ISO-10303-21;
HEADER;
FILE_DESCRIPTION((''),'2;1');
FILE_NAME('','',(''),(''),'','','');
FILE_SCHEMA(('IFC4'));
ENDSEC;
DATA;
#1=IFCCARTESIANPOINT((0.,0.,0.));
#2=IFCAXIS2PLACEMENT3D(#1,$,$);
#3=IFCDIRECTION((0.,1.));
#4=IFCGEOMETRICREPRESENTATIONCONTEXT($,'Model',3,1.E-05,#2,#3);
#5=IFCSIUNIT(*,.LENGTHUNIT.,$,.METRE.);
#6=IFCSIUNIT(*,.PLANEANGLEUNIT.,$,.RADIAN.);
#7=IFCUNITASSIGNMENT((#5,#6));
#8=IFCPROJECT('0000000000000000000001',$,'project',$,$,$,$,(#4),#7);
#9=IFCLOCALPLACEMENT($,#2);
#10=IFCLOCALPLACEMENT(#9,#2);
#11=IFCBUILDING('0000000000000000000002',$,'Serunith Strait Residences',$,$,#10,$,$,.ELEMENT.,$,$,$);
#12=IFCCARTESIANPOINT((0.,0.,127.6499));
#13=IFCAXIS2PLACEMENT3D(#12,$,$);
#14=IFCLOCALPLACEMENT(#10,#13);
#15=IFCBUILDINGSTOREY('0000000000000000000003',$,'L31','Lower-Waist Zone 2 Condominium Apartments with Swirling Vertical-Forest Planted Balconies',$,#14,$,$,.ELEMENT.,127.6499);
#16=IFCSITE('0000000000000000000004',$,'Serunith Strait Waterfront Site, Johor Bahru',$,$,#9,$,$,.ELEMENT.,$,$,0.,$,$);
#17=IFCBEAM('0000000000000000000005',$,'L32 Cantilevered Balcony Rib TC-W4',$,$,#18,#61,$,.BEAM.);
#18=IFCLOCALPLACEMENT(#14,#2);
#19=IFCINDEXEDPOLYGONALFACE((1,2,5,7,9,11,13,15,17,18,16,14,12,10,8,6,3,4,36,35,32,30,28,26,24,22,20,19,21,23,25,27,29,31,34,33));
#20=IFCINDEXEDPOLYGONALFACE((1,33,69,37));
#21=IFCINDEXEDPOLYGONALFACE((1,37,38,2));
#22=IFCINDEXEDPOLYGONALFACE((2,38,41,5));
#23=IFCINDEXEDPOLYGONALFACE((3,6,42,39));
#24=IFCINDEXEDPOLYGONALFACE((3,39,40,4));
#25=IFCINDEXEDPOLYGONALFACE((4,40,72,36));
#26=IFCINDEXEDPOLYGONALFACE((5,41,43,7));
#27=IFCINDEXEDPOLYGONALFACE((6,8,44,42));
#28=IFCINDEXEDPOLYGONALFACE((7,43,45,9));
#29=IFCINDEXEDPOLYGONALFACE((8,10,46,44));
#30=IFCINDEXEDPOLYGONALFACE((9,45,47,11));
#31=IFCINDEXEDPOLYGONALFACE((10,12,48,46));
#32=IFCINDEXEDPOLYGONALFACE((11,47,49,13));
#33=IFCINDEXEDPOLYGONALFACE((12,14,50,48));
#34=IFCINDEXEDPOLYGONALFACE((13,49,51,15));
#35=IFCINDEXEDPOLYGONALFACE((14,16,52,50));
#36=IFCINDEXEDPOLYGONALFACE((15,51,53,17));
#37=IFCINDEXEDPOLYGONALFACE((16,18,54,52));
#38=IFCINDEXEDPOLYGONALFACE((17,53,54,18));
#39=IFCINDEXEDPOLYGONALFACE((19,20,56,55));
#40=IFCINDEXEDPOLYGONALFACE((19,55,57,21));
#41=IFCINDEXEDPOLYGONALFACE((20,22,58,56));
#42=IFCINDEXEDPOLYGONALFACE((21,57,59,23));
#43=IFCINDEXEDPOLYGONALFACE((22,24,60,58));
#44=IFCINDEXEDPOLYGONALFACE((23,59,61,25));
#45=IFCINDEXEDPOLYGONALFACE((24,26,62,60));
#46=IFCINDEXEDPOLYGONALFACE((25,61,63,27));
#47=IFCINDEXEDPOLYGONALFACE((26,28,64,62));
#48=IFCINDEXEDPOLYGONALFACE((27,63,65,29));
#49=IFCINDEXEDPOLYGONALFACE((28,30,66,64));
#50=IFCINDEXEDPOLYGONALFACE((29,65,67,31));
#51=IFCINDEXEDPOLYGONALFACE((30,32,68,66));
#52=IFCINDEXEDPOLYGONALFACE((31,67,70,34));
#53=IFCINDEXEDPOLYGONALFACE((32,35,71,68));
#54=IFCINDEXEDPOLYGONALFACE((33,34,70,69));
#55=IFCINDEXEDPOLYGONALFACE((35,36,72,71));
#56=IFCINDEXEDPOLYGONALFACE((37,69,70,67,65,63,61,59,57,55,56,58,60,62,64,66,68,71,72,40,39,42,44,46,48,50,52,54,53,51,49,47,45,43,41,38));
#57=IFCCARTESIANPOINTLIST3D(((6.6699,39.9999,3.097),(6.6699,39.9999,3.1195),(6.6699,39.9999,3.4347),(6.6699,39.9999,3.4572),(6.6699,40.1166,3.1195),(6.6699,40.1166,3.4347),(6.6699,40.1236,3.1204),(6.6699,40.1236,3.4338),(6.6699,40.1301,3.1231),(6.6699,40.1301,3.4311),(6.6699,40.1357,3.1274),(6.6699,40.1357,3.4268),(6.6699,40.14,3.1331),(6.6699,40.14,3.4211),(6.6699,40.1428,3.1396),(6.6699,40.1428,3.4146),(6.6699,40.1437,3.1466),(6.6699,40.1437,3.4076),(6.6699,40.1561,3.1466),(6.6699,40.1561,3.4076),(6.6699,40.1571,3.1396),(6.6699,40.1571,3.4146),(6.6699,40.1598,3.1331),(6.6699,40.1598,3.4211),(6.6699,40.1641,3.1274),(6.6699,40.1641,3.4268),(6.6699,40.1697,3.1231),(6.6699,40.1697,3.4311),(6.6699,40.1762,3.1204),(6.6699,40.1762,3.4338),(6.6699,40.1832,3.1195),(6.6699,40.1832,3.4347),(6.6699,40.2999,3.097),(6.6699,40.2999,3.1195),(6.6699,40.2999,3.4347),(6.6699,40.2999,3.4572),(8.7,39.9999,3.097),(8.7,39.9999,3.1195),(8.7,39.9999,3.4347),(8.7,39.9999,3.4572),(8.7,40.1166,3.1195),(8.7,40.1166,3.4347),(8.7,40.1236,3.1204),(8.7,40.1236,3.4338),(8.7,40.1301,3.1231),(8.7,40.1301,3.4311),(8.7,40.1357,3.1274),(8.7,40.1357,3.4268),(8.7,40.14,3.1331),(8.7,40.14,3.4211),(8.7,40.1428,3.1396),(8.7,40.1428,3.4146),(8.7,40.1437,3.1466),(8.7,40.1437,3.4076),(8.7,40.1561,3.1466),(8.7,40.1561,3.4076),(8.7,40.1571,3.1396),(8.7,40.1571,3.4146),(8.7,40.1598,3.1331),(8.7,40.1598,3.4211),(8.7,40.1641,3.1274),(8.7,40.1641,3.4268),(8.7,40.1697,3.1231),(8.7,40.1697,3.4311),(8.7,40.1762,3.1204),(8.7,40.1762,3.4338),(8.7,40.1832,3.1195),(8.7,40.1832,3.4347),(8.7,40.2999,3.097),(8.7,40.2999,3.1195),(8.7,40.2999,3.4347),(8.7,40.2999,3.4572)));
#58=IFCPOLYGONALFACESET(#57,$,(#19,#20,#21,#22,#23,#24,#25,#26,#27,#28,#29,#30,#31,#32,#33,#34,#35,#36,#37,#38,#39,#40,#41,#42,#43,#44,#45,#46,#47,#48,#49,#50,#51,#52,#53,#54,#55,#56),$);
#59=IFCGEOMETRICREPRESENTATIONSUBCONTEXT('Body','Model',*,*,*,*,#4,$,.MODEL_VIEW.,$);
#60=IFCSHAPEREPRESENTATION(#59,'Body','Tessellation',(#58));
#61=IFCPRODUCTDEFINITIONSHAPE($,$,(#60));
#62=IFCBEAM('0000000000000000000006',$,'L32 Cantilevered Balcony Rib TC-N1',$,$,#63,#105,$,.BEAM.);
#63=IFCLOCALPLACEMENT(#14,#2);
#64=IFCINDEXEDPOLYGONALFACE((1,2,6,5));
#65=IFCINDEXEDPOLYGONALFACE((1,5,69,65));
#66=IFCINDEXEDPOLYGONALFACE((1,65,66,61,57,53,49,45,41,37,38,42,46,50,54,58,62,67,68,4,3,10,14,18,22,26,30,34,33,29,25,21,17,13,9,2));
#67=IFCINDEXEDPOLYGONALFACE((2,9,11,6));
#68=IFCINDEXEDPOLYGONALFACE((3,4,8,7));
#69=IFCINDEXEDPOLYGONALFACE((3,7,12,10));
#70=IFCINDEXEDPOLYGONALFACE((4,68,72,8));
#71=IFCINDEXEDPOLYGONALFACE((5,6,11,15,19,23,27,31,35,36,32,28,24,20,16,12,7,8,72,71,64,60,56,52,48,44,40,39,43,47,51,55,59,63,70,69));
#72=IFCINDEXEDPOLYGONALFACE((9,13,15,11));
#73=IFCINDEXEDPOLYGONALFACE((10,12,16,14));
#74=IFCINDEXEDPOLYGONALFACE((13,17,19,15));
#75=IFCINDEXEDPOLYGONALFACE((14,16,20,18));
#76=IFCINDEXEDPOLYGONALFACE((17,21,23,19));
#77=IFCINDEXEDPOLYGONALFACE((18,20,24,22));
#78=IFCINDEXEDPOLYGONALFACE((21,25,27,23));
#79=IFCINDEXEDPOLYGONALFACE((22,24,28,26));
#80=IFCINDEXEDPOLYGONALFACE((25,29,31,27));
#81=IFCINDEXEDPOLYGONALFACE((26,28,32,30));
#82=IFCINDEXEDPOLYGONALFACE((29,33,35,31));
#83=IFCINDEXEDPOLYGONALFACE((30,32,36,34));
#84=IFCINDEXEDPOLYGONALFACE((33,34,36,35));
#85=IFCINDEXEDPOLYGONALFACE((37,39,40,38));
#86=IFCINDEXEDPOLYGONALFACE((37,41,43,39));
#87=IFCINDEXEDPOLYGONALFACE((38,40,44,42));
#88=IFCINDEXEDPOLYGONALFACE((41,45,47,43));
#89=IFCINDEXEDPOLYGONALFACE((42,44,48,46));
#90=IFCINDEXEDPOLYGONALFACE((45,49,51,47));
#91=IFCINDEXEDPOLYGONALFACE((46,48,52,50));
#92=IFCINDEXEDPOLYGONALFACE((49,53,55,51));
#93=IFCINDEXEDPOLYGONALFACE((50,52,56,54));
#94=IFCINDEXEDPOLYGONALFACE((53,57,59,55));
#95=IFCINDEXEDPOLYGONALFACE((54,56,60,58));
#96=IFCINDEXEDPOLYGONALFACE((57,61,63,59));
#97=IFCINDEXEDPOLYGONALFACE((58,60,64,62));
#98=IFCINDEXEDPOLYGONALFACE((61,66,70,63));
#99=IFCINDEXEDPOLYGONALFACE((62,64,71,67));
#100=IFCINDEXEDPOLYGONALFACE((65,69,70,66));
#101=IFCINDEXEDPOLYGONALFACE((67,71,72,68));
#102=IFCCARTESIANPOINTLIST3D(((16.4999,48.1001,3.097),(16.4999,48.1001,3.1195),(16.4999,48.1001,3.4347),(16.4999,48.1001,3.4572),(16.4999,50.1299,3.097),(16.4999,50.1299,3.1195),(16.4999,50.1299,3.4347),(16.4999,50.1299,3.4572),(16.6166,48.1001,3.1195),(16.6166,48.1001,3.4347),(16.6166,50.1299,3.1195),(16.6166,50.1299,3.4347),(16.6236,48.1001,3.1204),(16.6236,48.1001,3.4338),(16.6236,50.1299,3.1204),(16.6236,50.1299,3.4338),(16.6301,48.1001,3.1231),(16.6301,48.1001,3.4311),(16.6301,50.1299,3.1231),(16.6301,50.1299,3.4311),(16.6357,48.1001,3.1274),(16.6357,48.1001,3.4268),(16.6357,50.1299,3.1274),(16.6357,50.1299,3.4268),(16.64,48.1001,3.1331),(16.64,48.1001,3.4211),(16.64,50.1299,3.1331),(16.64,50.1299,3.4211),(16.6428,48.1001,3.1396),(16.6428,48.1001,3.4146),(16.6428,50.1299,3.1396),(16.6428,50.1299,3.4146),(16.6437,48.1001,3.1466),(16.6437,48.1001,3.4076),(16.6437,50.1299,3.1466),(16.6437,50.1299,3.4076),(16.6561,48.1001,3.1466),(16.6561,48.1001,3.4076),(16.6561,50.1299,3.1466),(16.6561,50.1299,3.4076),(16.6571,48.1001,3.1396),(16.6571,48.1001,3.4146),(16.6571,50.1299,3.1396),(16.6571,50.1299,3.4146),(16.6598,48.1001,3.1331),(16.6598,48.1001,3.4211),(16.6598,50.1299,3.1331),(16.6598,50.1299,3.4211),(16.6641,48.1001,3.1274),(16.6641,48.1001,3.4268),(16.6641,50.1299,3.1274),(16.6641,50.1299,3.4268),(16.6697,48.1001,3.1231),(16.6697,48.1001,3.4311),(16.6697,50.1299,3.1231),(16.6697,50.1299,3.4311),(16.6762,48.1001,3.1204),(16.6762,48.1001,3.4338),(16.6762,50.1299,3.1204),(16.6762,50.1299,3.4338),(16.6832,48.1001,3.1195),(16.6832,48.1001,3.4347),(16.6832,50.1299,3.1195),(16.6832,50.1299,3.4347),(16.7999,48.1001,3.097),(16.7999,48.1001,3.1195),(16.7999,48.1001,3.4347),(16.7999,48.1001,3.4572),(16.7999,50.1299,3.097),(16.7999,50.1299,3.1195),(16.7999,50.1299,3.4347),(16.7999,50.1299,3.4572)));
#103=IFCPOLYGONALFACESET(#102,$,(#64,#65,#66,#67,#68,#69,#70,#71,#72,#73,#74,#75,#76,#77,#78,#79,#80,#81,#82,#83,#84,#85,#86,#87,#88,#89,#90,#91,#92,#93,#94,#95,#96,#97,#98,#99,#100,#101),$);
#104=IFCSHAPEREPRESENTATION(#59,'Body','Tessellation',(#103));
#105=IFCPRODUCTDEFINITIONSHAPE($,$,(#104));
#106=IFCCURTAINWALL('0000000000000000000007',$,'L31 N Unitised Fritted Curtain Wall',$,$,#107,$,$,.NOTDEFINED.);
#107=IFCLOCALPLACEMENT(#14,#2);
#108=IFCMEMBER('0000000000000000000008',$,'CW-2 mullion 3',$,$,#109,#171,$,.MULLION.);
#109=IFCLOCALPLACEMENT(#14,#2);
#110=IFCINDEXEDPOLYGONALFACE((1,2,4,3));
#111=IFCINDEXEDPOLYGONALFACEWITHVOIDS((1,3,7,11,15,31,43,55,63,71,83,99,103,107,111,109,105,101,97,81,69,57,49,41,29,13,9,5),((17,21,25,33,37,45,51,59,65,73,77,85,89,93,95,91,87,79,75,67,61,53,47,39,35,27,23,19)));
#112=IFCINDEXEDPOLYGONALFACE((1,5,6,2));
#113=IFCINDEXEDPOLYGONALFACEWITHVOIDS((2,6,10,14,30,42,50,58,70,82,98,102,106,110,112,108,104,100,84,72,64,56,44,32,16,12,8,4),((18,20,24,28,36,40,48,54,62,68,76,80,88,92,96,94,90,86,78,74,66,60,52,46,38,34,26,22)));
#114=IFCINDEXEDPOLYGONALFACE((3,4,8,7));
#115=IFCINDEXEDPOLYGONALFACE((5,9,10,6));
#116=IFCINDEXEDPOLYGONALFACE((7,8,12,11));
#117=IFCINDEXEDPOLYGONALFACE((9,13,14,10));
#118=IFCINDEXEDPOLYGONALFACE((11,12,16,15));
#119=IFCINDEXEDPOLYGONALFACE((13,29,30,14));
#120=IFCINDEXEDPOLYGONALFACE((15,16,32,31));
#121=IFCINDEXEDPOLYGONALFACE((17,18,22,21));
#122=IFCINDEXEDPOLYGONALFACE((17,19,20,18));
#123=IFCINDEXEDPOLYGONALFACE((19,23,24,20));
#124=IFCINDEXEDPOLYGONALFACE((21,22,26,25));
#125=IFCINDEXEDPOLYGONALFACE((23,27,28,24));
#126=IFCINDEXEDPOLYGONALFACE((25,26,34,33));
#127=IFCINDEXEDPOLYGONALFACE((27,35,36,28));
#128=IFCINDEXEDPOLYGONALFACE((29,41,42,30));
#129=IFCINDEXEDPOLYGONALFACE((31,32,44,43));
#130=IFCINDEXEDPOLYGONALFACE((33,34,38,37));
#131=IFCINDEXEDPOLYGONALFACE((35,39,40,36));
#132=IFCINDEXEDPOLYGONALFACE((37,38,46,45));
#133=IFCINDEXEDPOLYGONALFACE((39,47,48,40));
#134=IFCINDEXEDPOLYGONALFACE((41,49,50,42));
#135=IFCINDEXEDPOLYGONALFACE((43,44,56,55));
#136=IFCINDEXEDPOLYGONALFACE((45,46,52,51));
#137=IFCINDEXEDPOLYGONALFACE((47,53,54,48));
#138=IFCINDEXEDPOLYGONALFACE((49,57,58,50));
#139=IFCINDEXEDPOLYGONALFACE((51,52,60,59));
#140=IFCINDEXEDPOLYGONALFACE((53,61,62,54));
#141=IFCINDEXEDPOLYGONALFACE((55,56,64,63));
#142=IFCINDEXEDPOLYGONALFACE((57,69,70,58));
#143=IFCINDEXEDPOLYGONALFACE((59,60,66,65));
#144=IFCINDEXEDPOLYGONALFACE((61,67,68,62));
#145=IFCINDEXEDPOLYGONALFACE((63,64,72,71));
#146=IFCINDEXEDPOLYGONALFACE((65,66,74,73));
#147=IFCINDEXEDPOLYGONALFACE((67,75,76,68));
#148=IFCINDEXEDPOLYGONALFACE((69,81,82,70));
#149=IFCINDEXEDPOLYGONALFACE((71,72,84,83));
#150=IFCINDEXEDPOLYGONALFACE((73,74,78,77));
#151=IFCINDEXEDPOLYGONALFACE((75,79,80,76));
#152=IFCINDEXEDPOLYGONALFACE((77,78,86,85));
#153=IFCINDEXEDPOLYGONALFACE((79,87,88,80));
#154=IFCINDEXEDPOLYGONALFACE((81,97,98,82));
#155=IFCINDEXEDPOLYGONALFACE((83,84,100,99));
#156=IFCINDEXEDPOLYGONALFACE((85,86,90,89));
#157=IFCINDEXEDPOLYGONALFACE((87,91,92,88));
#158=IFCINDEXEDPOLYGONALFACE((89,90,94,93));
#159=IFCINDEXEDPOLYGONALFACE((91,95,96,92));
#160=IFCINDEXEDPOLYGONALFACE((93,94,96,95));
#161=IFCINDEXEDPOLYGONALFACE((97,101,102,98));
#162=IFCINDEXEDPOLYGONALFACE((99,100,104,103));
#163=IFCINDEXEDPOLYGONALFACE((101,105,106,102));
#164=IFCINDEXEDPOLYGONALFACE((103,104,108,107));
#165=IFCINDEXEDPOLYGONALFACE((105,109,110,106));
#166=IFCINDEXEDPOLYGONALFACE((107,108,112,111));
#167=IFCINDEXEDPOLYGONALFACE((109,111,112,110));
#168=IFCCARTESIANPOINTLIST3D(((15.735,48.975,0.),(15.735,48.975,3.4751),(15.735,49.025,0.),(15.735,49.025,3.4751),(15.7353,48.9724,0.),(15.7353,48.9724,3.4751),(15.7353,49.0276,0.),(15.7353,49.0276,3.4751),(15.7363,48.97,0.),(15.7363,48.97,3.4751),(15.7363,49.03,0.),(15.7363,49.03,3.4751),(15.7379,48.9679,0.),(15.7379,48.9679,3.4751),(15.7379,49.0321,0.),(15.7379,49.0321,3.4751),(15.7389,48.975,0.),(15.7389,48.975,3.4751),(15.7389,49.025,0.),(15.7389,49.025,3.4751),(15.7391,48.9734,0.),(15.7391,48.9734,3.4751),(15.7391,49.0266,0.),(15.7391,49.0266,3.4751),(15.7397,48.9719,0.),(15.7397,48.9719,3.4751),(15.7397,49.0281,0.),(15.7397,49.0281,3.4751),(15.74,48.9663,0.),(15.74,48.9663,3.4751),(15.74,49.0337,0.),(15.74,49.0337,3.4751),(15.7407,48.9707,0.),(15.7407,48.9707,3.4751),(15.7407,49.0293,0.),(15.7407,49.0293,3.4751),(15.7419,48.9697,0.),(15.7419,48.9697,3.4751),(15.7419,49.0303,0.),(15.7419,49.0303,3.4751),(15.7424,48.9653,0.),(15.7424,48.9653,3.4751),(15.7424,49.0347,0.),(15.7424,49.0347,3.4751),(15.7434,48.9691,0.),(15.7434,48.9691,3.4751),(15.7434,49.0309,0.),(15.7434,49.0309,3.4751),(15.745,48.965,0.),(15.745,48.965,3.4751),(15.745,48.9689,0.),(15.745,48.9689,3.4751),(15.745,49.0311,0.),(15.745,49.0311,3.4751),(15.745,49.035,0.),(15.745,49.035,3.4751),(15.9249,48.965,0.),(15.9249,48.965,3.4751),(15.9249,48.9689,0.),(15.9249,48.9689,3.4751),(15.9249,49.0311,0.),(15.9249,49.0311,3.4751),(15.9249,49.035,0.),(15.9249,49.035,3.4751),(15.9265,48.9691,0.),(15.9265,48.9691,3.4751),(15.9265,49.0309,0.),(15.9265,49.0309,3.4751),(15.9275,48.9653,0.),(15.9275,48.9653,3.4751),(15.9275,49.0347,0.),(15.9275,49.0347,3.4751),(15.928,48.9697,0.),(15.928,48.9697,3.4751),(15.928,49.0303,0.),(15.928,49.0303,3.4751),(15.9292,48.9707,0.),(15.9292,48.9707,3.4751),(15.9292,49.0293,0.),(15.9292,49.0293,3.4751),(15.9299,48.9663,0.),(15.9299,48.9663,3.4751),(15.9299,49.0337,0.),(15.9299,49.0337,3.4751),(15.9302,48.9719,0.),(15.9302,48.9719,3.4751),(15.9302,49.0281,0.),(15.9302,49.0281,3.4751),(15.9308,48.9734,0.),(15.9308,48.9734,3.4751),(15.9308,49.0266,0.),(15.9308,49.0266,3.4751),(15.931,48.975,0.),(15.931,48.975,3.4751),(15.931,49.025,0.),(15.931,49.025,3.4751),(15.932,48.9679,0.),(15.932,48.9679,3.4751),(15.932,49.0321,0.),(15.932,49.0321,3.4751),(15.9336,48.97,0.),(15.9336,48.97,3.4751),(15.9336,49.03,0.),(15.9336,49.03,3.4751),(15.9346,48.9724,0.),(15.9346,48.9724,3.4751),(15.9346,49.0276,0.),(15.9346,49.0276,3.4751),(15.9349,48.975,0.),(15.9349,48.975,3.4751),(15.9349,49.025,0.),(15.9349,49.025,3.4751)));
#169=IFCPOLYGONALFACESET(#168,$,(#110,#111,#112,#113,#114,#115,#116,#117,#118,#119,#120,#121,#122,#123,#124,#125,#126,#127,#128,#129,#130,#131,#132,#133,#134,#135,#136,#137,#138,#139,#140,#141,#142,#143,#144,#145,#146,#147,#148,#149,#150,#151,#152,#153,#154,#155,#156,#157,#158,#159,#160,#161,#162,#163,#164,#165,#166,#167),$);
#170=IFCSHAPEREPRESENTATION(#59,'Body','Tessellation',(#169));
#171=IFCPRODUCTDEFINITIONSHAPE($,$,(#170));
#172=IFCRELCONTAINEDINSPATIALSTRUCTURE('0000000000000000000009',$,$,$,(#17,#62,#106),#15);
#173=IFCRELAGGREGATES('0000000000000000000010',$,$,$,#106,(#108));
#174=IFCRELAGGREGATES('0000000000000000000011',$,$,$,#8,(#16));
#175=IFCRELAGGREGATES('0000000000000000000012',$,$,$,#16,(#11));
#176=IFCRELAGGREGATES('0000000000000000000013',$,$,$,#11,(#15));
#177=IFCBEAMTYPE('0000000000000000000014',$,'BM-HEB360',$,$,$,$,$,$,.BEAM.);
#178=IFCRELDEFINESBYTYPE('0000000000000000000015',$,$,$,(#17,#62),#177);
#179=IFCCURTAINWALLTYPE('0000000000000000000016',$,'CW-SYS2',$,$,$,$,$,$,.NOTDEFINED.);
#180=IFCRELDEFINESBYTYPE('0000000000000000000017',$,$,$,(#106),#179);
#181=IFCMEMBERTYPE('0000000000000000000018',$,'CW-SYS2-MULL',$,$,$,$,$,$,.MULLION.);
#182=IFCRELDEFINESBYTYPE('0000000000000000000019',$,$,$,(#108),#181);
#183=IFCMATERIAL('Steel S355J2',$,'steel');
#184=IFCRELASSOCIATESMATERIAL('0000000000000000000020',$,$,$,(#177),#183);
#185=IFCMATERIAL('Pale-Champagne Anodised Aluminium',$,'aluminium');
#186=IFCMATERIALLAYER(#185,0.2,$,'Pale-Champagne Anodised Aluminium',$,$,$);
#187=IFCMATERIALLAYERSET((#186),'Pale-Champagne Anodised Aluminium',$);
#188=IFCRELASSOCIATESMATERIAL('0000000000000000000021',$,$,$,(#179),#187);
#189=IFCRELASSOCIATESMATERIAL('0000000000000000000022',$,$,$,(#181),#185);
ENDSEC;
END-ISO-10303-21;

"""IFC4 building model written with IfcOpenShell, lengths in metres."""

from ifc_helpers import new_model, si_unit, direction, frame, origin, origin_2d, place, context, subcontext, project, spatial, hollow_rectangle, i_section, extrude, source, transform, mapped, material, layer, layer_set, material_profile, profile_set, type_object, element, aggregate, save


model = new_model("IFC4")

# Units and contexts
model_context = context("Model", 3, precision=1e-05, world=origin(), true_north=direction((0.0, 1.0)))
body_context = subcontext(model_context, "Body", "Model", "MODEL_VIEW")
ifc_project = project(units=[si_unit("LENGTHUNIT", "METRE"), si_unit("PLANEANGLEUNIT", "RADIAN")], contexts=[model_context])

# Site, building, storey
site_placement = place(None, origin())
site = spatial("IfcSite", under=ifc_project, at=site_placement, Name="Serunith Strait Waterfront Site, Johor Bahru", CompositionType="ELEMENT", RefElevation=0.0)
building_placement = place(site_placement, origin())
building = spatial("IfcBuilding", under=site, at=building_placement, Name="Serunith Strait Residences", CompositionType="ELEMENT")
storey_placement = place(building_placement, frame((0.0, 0.0, 127.6499)))
storey = spatial("IfcBuildingStorey", under=building, at=storey_placement, Name="L31", Description="Lower-Waist Zone 2 Condominium Apartments with Swirling Vertical-Forest Planted Balconies", CompositionType="ELEMENT", Elevation=127.6499)

# Beams
ifc_material_1 = material(Name="Steel S355J2", Category="steel")
ifc_material_profile_1 = material_profile(ifc_material_1, i_section(OverallWidth=0.3, OverallDepth=0.3601, WebThickness=0.0125, FlangeThickness=0.0225, FilletRadius=0.0271, at=origin_2d()), Name="HEB 360")
ifc_profile_set_1 = profile_set([ifc_material_profile_1], Name="Steel S355J2")
beam_type_1 = type_object("IfcBeamType", Name="BM-HEB360", PredefinedType="BEAM", material=ifc_profile_set_1)
shared_shape_1 = source(origin(), body_context, "Body", "SweptSolid", [
    extrude(i_section(OverallWidth=0.3, OverallDepth=0.3601, WebThickness=0.0125, FlangeThickness=0.0225, FilletRadius=0.0271, at=origin_2d()), origin(), (0.0, 0.0, 1.0), 2.03),
])
beam_1_placement = place(storey_placement, frame((8.7, 40.1499, 3.2771), z_axis=(-1.0, 0.0, 0.0), x_axis=(0.0, -1.0, 0.0)))
element("IfcBeam", 1, at=beam_1_placement, inside=storey, type_object=beam_type_1, Name="L32 Cantilevered Balcony Rib TC-W4", PredefinedType="BEAM", context=body_context, shape_type="MappedRepresentation", body=[
    mapped(shared_shape_1, transform((0.0, 0.0, 0.0), scale=1.0)),
])
shared_shape_2 = source(origin(), body_context, "Body", "SweptSolid", [
    extrude(i_section(OverallWidth=0.3, OverallDepth=0.3601, WebThickness=0.0125, FlangeThickness=0.0225, FilletRadius=0.0271, at=origin_2d()), origin(), (0.0, 0.0, 1.0), 2.0298),
])
beam_2_placement = place(storey_placement, frame((16.6499, 48.1001, 3.2771), z_axis=(0.0, 1.0, 0.0), x_axis=(-1.0, 0.0, 0.0)))
element("IfcBeam", 2, at=beam_2_placement, inside=storey, type_object=beam_type_1, Name="L32 Cantilevered Balcony Rib TC-N1", PredefinedType="BEAM", context=body_context, shape_type="MappedRepresentation", body=[
    mapped(shared_shape_2, transform((0.0, 0.0, 0.0), scale=1.0)),
])

# Curtain wall, member
ifc_material_2 = material(Name="Pale-Champagne Anodised Aluminium", Category="aluminium")
ifc_layer_1 = layer(ifc_material_2, 0.2, Name="Pale-Champagne Anodised Aluminium")
ifc_layer_set_1 = layer_set([ifc_layer_1], Name="Pale-Champagne Anodised Aluminium")
curtain_wall_type = type_object("IfcCurtainWallType", Name="CW-SYS2", PredefinedType="NOTDEFINED", material=ifc_layer_set_1)
curtain_wall_1_placement = place(storey_placement, origin())
curtain_wall_1 = element("IfcCurtainWall", 3, at=curtain_wall_1_placement, inside=storey, type_object=curtain_wall_type, Name="L31 N Unitised Fritted Curtain Wall", PredefinedType="NOTDEFINED")
ifc_material_profile_2 = material_profile(ifc_material_2, hollow_rectangle(XDim=0.0701, YDim=0.2, WallThickness=0.0039, InnerFilletRadius=0.0061, OuterFilletRadius=0.01, at=origin_2d()), Name="ALU 200x70x4")
ifc_profile_set_2 = profile_set([ifc_material_profile_2], Name="Pale-Champagne Anodised Aluminium")
member_type_1 = type_object("IfcMemberType", Name="CW-SYS2-MULL", PredefinedType="MULLION", material=ifc_profile_set_2)
shared_shape_3 = source(origin(), body_context, "Body", "SweptSolid", [
    extrude(hollow_rectangle(XDim=0.0701, YDim=0.2, WallThickness=0.0039, InnerFilletRadius=0.0061, OuterFilletRadius=0.01, at=origin_2d()), origin(), (0.0, 0.0, 1.0), 3.4751),
])
member_1_placement = place(storey_placement, frame((15.835, 49.0, 0.0), z_axis=(0.0, 0.0, 1.0), x_axis=(0.0, -1.0, 0.0)))
member_1 = element("IfcMember", 4, at=member_1_placement, type_object=member_type_1, Name="CW-2 mullion 3", PredefinedType="MULLION", context=body_context, shape_type="MappedRepresentation", body=[
    mapped(shared_shape_3, transform((0.0, 0.0, 0.0), scale=1.0)),
])
aggregate(curtain_wall_1, [member_1])

save(model, "model.ifc")
